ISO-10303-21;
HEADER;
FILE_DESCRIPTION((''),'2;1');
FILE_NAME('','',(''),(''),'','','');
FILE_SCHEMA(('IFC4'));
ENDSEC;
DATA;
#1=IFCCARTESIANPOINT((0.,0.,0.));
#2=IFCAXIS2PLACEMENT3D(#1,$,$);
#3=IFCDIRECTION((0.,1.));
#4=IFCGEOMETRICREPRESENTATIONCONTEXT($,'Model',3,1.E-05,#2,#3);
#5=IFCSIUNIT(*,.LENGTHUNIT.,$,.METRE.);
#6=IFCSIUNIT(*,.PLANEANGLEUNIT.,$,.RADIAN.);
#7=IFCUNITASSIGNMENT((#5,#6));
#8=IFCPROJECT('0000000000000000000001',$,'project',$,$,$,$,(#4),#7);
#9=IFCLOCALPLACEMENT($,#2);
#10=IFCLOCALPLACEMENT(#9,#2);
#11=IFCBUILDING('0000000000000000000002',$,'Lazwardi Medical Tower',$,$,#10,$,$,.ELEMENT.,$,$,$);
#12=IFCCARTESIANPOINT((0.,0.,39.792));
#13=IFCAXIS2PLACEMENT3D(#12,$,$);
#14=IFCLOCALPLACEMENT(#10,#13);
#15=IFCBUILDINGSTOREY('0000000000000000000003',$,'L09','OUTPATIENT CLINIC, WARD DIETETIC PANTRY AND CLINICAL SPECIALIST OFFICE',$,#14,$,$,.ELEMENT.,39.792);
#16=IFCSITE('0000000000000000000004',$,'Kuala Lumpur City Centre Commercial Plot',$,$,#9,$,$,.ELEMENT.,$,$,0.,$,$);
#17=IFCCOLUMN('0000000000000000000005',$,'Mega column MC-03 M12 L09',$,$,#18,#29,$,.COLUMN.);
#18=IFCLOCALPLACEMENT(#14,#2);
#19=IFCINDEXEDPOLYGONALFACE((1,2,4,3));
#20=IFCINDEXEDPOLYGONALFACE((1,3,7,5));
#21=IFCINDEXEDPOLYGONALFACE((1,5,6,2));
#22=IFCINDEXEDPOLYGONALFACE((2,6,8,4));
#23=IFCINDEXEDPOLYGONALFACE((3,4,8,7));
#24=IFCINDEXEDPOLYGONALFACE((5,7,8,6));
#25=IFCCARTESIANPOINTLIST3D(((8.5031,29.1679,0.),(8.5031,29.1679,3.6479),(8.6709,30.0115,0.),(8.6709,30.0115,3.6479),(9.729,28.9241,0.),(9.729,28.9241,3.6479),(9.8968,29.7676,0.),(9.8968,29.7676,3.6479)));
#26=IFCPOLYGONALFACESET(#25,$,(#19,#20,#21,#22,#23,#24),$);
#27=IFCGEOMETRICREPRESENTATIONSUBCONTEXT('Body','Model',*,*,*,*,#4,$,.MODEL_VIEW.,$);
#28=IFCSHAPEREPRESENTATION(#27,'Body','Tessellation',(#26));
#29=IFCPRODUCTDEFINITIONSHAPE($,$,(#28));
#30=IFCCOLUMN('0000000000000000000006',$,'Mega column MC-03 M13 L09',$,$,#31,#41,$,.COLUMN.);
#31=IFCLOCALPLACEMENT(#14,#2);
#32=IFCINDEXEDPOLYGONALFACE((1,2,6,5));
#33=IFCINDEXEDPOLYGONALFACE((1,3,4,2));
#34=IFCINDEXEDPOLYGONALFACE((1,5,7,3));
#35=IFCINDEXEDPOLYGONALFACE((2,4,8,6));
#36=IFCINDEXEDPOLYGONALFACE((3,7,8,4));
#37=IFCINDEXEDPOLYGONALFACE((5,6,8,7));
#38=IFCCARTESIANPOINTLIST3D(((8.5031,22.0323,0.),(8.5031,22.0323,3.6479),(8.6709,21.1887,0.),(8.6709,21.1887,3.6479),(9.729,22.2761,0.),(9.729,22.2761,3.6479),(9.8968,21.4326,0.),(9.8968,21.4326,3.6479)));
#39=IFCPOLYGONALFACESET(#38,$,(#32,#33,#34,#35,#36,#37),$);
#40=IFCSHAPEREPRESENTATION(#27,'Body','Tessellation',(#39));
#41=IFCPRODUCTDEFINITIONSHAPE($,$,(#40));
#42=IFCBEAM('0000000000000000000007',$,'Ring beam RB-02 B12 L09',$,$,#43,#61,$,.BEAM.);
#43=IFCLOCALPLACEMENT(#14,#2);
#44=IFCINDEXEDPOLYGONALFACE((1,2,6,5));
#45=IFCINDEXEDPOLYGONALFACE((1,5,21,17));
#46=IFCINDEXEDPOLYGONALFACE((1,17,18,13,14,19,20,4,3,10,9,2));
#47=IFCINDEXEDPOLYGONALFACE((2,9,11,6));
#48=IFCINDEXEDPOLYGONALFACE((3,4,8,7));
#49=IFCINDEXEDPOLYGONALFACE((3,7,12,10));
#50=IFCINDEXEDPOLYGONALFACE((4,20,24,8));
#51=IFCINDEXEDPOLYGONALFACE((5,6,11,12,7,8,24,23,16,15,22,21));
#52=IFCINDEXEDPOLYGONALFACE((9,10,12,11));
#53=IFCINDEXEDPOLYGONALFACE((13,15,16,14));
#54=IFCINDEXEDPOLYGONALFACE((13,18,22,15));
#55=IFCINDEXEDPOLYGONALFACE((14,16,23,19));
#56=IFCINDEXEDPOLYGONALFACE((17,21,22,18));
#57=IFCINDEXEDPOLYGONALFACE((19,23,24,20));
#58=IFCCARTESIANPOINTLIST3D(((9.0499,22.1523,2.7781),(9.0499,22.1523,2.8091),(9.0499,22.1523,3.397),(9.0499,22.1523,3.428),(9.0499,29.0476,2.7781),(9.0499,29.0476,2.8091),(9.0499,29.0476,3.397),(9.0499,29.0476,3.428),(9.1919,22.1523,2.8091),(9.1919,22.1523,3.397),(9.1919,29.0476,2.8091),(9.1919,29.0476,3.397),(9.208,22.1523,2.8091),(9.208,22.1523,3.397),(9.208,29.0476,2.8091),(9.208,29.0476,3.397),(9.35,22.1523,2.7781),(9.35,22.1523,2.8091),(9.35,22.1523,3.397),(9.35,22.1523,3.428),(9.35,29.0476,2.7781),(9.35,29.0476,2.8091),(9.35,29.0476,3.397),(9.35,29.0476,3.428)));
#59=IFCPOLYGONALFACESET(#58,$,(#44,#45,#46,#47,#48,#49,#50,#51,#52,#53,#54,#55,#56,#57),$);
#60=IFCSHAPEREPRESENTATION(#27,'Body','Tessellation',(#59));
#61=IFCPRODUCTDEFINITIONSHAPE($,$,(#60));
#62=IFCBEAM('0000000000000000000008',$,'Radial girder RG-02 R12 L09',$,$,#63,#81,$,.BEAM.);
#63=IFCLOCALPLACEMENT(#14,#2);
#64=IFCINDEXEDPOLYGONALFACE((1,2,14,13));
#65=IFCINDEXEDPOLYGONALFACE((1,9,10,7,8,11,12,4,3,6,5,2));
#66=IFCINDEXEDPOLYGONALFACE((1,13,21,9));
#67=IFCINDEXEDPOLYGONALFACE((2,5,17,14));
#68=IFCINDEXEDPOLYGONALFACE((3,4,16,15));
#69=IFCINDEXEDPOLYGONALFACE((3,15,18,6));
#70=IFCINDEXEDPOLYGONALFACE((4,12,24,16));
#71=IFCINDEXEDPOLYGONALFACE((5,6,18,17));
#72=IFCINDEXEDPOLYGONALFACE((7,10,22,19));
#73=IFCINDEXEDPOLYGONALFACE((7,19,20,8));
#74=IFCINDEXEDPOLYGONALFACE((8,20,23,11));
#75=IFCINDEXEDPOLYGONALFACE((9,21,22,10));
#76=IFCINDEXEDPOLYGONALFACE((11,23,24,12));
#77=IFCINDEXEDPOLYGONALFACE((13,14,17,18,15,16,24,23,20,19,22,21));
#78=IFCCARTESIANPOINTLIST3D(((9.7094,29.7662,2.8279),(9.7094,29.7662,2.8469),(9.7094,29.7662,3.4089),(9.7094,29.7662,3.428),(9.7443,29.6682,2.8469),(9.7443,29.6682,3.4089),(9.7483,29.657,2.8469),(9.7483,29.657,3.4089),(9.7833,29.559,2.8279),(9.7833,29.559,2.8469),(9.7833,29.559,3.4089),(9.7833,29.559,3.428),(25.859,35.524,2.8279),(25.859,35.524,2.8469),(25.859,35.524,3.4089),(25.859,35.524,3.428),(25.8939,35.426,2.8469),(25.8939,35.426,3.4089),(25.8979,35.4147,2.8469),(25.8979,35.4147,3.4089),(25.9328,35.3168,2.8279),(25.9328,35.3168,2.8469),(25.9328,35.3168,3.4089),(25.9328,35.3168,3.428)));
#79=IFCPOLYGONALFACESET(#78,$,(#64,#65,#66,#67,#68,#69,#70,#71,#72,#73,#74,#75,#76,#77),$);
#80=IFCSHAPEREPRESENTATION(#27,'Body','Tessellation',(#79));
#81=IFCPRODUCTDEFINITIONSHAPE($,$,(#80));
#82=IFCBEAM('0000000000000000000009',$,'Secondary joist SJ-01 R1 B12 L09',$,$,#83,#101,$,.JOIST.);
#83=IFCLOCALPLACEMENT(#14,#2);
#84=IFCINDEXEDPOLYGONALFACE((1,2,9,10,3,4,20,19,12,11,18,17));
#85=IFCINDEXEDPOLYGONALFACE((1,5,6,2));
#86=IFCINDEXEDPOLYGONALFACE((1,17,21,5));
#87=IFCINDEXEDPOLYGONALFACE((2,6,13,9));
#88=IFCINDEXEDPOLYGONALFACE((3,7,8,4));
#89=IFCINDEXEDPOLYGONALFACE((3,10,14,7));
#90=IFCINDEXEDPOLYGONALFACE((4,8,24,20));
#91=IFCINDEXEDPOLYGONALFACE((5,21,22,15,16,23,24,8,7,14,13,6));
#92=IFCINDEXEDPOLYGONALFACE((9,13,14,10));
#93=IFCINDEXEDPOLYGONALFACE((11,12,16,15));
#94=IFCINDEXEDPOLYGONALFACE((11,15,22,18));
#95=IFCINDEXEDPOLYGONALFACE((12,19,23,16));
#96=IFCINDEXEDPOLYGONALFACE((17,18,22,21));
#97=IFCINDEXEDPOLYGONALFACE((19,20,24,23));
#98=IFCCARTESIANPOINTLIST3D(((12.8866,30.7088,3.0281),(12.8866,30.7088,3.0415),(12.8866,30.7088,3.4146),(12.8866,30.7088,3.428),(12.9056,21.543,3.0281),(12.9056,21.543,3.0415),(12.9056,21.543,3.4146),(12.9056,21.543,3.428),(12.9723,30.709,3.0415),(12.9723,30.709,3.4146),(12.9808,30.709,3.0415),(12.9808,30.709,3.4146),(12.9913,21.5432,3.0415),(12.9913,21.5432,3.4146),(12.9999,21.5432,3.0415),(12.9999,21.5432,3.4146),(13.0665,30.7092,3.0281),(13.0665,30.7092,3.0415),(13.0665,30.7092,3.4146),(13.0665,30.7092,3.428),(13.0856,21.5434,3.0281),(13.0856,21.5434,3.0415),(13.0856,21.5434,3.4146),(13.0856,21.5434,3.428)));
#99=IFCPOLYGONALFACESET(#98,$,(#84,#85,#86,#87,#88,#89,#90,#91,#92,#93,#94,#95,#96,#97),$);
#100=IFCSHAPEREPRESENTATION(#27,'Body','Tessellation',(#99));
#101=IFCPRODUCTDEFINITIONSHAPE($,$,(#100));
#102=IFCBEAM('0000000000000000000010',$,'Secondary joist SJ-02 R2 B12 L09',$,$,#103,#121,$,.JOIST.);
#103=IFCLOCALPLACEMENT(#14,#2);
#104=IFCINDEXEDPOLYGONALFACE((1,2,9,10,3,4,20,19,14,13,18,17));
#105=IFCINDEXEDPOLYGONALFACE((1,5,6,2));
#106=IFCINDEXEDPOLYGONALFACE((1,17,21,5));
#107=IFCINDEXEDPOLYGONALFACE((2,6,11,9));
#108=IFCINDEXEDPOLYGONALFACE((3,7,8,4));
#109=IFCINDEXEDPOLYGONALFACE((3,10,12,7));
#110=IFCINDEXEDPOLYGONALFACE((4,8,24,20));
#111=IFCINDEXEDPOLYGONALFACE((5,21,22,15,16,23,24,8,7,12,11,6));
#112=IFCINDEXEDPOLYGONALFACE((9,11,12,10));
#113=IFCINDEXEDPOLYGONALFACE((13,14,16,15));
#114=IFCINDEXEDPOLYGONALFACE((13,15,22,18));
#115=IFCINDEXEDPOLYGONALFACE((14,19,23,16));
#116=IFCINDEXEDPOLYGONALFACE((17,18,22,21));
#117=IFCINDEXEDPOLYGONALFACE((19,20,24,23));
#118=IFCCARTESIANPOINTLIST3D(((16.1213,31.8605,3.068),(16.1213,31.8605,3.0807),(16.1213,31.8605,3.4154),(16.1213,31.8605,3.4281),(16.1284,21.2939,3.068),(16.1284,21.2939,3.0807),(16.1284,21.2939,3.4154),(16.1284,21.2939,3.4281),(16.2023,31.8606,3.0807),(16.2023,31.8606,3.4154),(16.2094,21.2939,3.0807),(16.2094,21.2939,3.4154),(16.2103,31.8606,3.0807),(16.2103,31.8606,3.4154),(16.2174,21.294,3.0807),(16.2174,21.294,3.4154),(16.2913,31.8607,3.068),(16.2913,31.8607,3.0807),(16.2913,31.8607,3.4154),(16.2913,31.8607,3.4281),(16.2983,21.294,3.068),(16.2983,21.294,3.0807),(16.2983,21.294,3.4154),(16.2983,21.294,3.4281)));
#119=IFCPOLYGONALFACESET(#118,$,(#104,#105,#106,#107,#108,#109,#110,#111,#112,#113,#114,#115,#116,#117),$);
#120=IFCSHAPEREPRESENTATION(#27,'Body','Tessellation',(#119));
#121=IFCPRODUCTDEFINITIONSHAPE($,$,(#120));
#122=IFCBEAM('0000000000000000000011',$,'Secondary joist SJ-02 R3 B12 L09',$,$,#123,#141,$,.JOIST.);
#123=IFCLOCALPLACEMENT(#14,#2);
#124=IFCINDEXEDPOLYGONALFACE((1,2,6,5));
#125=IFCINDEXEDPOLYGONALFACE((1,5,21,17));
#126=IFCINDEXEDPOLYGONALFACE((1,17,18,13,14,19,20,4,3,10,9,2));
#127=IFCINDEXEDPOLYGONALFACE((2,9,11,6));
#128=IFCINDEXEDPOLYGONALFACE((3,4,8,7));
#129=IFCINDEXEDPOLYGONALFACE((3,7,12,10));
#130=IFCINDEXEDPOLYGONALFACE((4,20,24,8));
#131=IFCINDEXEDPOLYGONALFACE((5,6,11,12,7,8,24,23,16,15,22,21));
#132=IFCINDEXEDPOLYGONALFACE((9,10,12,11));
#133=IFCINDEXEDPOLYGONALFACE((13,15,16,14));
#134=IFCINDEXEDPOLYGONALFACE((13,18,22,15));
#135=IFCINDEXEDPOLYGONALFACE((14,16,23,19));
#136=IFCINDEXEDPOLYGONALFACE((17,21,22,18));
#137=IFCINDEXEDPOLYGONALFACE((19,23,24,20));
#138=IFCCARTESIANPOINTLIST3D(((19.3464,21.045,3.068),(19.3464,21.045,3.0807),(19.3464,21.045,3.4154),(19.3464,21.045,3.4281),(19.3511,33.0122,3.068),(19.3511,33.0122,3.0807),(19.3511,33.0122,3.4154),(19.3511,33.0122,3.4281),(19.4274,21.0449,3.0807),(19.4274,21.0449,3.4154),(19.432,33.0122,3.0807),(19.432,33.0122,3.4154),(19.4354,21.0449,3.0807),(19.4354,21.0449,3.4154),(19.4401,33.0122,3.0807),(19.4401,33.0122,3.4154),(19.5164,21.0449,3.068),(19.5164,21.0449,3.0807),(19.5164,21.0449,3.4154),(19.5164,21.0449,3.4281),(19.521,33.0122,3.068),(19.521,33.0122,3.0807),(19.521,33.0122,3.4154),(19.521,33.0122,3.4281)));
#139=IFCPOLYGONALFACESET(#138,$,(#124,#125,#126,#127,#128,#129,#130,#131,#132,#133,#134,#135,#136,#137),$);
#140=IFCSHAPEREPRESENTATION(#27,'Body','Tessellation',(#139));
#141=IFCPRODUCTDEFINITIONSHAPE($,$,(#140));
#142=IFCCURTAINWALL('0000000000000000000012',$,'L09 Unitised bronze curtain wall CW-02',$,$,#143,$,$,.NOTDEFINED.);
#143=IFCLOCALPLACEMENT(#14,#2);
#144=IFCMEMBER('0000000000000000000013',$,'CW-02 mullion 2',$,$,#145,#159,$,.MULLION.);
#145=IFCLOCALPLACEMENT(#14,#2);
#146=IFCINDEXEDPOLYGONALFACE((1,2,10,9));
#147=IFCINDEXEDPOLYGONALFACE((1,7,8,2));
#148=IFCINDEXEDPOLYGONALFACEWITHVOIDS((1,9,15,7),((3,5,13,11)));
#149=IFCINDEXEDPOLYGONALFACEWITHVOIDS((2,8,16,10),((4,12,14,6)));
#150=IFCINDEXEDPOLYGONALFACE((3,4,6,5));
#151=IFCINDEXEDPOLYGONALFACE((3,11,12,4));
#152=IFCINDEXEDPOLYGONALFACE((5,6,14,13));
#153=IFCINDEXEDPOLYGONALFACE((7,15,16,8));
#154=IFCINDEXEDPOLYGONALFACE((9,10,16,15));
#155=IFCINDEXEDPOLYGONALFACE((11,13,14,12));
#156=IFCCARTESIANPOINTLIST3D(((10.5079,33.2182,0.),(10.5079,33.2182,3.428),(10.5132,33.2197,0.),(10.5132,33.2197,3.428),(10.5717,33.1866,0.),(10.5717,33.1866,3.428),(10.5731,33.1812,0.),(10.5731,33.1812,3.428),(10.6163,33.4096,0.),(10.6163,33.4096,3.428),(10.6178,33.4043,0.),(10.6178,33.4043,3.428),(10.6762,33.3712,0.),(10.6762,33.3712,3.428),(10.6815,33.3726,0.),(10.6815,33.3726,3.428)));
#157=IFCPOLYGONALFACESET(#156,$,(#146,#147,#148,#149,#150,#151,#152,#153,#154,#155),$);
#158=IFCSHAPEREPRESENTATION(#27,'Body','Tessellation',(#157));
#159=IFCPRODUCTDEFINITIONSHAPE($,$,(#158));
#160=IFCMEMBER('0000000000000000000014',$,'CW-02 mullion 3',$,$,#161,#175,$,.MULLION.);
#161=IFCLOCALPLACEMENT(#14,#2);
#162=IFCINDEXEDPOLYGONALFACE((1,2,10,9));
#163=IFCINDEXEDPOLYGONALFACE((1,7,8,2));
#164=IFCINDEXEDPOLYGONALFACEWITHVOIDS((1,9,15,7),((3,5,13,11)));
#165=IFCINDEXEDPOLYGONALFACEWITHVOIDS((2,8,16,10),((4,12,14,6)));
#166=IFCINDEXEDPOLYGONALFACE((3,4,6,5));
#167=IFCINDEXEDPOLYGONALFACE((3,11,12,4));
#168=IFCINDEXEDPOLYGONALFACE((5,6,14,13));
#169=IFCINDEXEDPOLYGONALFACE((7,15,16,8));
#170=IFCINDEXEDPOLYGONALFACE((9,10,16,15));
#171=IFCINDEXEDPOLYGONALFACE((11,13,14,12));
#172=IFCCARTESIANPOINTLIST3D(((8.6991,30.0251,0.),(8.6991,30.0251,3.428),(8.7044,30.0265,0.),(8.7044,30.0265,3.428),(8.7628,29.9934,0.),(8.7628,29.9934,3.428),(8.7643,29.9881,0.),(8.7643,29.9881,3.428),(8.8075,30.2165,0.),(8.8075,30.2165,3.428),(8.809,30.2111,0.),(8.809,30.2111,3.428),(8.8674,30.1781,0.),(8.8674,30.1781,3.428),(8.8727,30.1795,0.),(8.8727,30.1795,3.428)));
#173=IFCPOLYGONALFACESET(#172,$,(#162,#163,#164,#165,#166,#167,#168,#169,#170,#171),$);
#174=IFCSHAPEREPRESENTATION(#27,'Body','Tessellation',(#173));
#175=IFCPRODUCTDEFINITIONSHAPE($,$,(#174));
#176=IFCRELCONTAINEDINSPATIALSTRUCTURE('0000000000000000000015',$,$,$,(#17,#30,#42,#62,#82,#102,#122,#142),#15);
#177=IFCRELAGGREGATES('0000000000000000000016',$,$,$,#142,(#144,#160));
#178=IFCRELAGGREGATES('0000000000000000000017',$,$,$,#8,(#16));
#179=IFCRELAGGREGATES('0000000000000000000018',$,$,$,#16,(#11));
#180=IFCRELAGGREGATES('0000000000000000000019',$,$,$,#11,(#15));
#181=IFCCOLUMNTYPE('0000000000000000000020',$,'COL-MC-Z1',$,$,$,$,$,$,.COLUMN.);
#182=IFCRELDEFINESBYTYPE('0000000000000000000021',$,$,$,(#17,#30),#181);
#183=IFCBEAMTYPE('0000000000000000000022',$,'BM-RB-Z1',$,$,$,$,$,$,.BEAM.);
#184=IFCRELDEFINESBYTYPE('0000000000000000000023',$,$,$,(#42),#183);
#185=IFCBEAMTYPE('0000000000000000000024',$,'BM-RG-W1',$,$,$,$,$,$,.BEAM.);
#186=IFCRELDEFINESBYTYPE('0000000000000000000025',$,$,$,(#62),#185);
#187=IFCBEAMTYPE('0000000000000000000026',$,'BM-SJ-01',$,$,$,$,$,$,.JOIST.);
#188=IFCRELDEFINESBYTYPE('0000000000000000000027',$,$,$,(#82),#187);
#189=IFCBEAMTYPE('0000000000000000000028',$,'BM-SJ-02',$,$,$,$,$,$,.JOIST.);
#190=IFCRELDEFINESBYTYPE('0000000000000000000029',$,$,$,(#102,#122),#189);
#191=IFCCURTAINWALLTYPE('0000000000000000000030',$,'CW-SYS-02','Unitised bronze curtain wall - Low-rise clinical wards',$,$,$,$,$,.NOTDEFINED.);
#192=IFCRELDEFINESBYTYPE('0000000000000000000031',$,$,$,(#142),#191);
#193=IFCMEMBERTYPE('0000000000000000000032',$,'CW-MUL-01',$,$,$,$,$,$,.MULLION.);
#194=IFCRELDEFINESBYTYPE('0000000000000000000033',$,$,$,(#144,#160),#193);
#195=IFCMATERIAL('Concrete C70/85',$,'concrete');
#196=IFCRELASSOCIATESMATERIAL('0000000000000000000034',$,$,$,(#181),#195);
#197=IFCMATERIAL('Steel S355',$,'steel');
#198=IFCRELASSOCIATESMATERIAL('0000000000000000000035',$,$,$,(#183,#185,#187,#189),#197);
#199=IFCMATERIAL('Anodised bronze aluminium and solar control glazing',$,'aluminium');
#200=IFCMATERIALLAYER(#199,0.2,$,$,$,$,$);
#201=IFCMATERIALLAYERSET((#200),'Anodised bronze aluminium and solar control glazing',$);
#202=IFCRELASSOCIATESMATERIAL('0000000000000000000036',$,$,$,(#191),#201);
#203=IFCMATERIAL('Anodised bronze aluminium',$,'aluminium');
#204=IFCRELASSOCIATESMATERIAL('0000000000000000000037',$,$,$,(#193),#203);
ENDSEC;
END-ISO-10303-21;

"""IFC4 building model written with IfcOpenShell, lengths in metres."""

from ifc_helpers import new_model, si_unit, direction, frame, origin, origin_2d, place, context, subcontext, project, spatial, rectangle, hollow_rectangle, i_section, extrude, material, layer, layer_set, material_profile, profile_set, type_object, element, aggregate, save


model = new_model("IFC4")

# Units and contexts
model_context = context("Model", 3, precision=1e-05, world=origin(), true_north=direction((0.0, 1.0)))
body_context = subcontext(model_context, "Body", "Model", "MODEL_VIEW")
ifc_project = project(units=[si_unit("LENGTHUNIT", "METRE"), si_unit("PLANEANGLEUNIT", "RADIAN")], contexts=[model_context])

# Site, building, storey
site_placement = place(None, origin())
site = spatial("IfcSite", under=ifc_project, at=site_placement, Name="Kuala Lumpur City Centre Commercial Plot", CompositionType="ELEMENT", RefElevation=0.0)
building_placement = place(site_placement, origin())
building = spatial("IfcBuilding", under=site, at=building_placement, Name="Lazwardi Medical Tower", CompositionType="ELEMENT")
storey_placement = place(building_placement, frame((0.0, 0.0, 39.792)))
storey = spatial("IfcBuildingStorey", under=building, at=storey_placement, Name="L09", Description="OUTPATIENT CLINIC, WARD DIETETIC PANTRY AND CLINICAL SPECIALIST OFFICE", CompositionType="ELEMENT", Elevation=39.792)

# Columns
ifc_material_1 = material(Name="Concrete C70/85", Category="concrete")
ifc_material_profile_1 = material_profile(ifc_material_1, rectangle(XDim=1.25, YDim=0.8601, at=origin_2d()), Name="CFT-RECT 1250x860")
ifc_profile_set_1 = profile_set([ifc_material_profile_1], Name="Concrete C70/85")
column_type = type_object("IfcColumnType", Name="COL-MC-Z1", PredefinedType="COLUMN", material=ifc_profile_set_1)
for number, where, z_axis, x_axis, name in (
    (1, (9.2, 29.4678, 0.0), (0.0, 0.0, 1.0), (-0.980785, 0.19509, 0.0), "Mega column MC-03 M12 L09"),
    (2, (9.2, 21.7324, 0.0), (0.0, 0.0, 1.0), (-0.980785, -0.19509, 0.0), "Mega column MC-03 M13 L09"),
):
    element("IfcColumn", number, at=place(storey_placement, frame(where, z_axis=z_axis, x_axis=x_axis)), inside=storey, type_object=column_type, Name=name, PredefinedType="COLUMN", context=body_context, shape_type="SweptSolid", body=[
        extrude(rectangle(XDim=1.25, YDim=0.8601, at=origin_2d()), origin(), (0.0, 0.0, 1.0), 3.6479),
    ])

# Beams
ifc_material_2 = material(Name="Steel S355", Category="steel")
ifc_material_profile_2 = material_profile(ifc_material_2, i_section(OverallWidth=0.3, OverallDepth=0.6499, WebThickness=0.0161, FlangeThickness=0.031, at=origin_2d()), Name="HEB 650")
ifc_profile_set_2 = profile_set([ifc_material_profile_2], Name="Steel S355")
beam_type_1 = type_object("IfcBeamType", Name="BM-RB-Z1", PredefinedType="BEAM", material=ifc_profile_set_2)
beam_1_placement = place(storey_placement, frame((9.2, 29.0476, 3.103), z_axis=(0.0, -1.0, 0.0), x_axis=(1.0, 0.0, 0.0)))
element("IfcBeam", 3, at=beam_1_placement, inside=storey, type_object=beam_type_1, Name="Ring beam RB-02 B12 L09", PredefinedType="BEAM", context=body_context, shape_type="SweptSolid", body=[
    extrude(i_section(OverallWidth=0.3, OverallDepth=0.6499, WebThickness=0.0161, FlangeThickness=0.031, at=origin_2d()), origin(), (0.0, 0.0, 1.0), 6.8953),
])
ifc_material_profile_3 = material_profile(ifc_material_2, i_section(OverallWidth=0.22, OverallDepth=0.6001, WebThickness=0.012, FlangeThickness=0.019, at=origin_2d()), Name="IPE 600")
ifc_profile_set_3 = profile_set([ifc_material_profile_3], Name="Steel S355")
beam_type_2 = type_object("IfcBeamType", Name="BM-RG-W1", PredefinedType="BEAM", material=ifc_profile_set_3)
beam_2_placement = place(storey_placement, frame((9.7463, 29.6626, 3.1279), z_axis=(0.941925, 0.335823, 0.0), x_axis=(-0.335823, 0.941925, 0.0)))
element("IfcBeam", 4, at=beam_2_placement, inside=storey, type_object=beam_type_2, Name="Radial girder RG-02 R12 L09", PredefinedType="BEAM", context=body_context, shape_type="SweptSolid", body=[
    extrude(i_section(OverallWidth=0.22, OverallDepth=0.6001, WebThickness=0.012, FlangeThickness=0.019, at=origin_2d()), origin(), (0.0, 0.0, 1.0), 17.1453),
])
ifc_material_profile_4 = material_profile(ifc_material_2, i_section(OverallWidth=0.1799, OverallDepth=0.3999, WebThickness=0.0085, FlangeThickness=0.0134, at=origin_2d()), Name="IPE 400")
ifc_profile_set_4 = profile_set([ifc_material_profile_4], Name="Steel S355")
beam_type_3 = type_object("IfcBeamType", Name="BM-SJ-01", PredefinedType="JOIST", material=ifc_profile_set_4)
beam_3_placement = place(storey_placement, frame((12.9766, 30.709, 3.228), z_axis=(0.002078, -0.999998, 0.0), x_axis=(0.999998, 0.002078, 0.0)))
element("IfcBeam", 5, at=beam_3_placement, inside=storey, type_object=beam_type_3, Name="Secondary joist SJ-01 R1 B12 L09", PredefinedType="JOIST", context=body_context, shape_type="SweptSolid", body=[
    extrude(i_section(OverallWidth=0.1799, OverallDepth=0.3999, WebThickness=0.0085, FlangeThickness=0.0134, at=origin_2d()), origin(), (0.0, 0.0, 1.0), 9.1658),
])
ifc_material_profile_5 = material_profile(ifc_material_2, i_section(OverallWidth=0.1699, OverallDepth=0.3601, WebThickness=0.0081, FlangeThickness=0.0127, at=origin_2d()), Name="IPE 360")
ifc_profile_set_5 = profile_set([ifc_material_profile_5], Name="Steel S355")
beam_type_4 = type_object("IfcBeamType", Name="BM-SJ-02", PredefinedType="JOIST", material=ifc_profile_set_5)
beam_4_placement = place(storey_placement, frame((16.2063, 31.8606, 3.248), z_axis=(0.00067, -1.0, 0.0), x_axis=(1.0, 0.00067, 0.0)))
element("IfcBeam", 6, at=beam_4_placement, inside=storey, type_object=beam_type_4, Name="Secondary joist SJ-02 R2 B12 L09", PredefinedType="JOIST", context=body_context, shape_type="SweptSolid", body=[
    extrude(i_section(OverallWidth=0.1699, OverallDepth=0.3601, WebThickness=0.0081, FlangeThickness=0.0127, at=origin_2d()), origin(), (0.0, 0.0, 1.0), 10.5667),
])
beam_5_placement = place(storey_placement, frame((19.436, 33.0122, 3.248), z_axis=(-0.000388, -1.0, 0.0), x_axis=(1.0, -0.000388, 0.0)))
element("IfcBeam", 7, at=beam_5_placement, inside=storey, type_object=beam_type_4, Name="Secondary joist SJ-02 R3 B12 L09", PredefinedType="JOIST", context=body_context, shape_type="SweptSolid", body=[
    extrude(i_section(OverallWidth=0.1699, OverallDepth=0.3601, WebThickness=0.0081, FlangeThickness=0.0127, at=origin_2d()), origin(), (0.0, 0.0, 1.0), 11.9673),
])

# Curtain wall, members
ifc_material_3 = material(Name="Anodised bronze aluminium and solar control glazing", Category="aluminium")
ifc_layer_1 = layer(ifc_material_3, 0.2)
ifc_layer_set_1 = layer_set([ifc_layer_1], Name="Anodised bronze aluminium and solar control glazing")
curtain_wall_type = type_object("IfcCurtainWallType", Name="CW-SYS-02", Description="Unitised bronze curtain wall - Low-rise clinical wards", PredefinedType="NOTDEFINED", material=ifc_layer_set_1)
curtain_wall_1_placement = place(storey_placement, origin())
curtain_wall_1 = element("IfcCurtainWall", 8, at=curtain_wall_1_placement, inside=storey, type_object=curtain_wall_type, Name="L09 Unitised bronze curtain wall CW-02", PredefinedType="NOTDEFINED")
ifc_material_4 = material(Name="Anodised bronze aluminium", Category="aluminium")
ifc_material_profile_6 = material_profile(ifc_material_4, hollow_rectangle(XDim=0.075, YDim=0.22, WallThickness=0.0039, at=origin_2d()), Name="ALU-MULLION 220x75x4")
ifc_profile_set_6 = profile_set([ifc_material_profile_6], Name="Anodised bronze aluminium")
member_type_1 = type_object("IfcMemberType", Name="CW-MUL-01", PredefinedType="MULLION", material=ifc_profile_set_6)
member_1_placement = place(storey_placement, frame((10.5947, 33.2954, 0.0), z_axis=(0.0, 0.0, 1.0), x_axis=(0.870112, -0.492854, 0.0)))
member_1 = element("IfcMember", 9, at=member_1_placement, type_object=member_type_1, Name="CW-02 mullion 2", PredefinedType="MULLION", context=body_context, shape_type="SweptSolid", body=[
    extrude(hollow_rectangle(XDim=0.075, YDim=0.22, WallThickness=0.0039, at=origin_2d()), origin(), (0.0, 0.0, 1.0), 3.428),
])
member_2_placement = place(storey_placement, frame((8.7859, 30.1023, 0.0), z_axis=(0.0, 0.0, 1.0), x_axis=(0.870112, -0.492854, 0.0)))
member_2 = element("IfcMember", 10, at=member_2_placement, type_object=member_type_1, Name="CW-02 mullion 3", PredefinedType="MULLION", context=body_context, shape_type="SweptSolid", body=[
    extrude(hollow_rectangle(XDim=0.075, YDim=0.22, WallThickness=0.0039, at=origin_2d()), origin(), (0.0, 0.0, 1.0), 3.428),
])

aggregate(curtain_wall_1, [member_1, member_2])

save(model, "model.ifc")
